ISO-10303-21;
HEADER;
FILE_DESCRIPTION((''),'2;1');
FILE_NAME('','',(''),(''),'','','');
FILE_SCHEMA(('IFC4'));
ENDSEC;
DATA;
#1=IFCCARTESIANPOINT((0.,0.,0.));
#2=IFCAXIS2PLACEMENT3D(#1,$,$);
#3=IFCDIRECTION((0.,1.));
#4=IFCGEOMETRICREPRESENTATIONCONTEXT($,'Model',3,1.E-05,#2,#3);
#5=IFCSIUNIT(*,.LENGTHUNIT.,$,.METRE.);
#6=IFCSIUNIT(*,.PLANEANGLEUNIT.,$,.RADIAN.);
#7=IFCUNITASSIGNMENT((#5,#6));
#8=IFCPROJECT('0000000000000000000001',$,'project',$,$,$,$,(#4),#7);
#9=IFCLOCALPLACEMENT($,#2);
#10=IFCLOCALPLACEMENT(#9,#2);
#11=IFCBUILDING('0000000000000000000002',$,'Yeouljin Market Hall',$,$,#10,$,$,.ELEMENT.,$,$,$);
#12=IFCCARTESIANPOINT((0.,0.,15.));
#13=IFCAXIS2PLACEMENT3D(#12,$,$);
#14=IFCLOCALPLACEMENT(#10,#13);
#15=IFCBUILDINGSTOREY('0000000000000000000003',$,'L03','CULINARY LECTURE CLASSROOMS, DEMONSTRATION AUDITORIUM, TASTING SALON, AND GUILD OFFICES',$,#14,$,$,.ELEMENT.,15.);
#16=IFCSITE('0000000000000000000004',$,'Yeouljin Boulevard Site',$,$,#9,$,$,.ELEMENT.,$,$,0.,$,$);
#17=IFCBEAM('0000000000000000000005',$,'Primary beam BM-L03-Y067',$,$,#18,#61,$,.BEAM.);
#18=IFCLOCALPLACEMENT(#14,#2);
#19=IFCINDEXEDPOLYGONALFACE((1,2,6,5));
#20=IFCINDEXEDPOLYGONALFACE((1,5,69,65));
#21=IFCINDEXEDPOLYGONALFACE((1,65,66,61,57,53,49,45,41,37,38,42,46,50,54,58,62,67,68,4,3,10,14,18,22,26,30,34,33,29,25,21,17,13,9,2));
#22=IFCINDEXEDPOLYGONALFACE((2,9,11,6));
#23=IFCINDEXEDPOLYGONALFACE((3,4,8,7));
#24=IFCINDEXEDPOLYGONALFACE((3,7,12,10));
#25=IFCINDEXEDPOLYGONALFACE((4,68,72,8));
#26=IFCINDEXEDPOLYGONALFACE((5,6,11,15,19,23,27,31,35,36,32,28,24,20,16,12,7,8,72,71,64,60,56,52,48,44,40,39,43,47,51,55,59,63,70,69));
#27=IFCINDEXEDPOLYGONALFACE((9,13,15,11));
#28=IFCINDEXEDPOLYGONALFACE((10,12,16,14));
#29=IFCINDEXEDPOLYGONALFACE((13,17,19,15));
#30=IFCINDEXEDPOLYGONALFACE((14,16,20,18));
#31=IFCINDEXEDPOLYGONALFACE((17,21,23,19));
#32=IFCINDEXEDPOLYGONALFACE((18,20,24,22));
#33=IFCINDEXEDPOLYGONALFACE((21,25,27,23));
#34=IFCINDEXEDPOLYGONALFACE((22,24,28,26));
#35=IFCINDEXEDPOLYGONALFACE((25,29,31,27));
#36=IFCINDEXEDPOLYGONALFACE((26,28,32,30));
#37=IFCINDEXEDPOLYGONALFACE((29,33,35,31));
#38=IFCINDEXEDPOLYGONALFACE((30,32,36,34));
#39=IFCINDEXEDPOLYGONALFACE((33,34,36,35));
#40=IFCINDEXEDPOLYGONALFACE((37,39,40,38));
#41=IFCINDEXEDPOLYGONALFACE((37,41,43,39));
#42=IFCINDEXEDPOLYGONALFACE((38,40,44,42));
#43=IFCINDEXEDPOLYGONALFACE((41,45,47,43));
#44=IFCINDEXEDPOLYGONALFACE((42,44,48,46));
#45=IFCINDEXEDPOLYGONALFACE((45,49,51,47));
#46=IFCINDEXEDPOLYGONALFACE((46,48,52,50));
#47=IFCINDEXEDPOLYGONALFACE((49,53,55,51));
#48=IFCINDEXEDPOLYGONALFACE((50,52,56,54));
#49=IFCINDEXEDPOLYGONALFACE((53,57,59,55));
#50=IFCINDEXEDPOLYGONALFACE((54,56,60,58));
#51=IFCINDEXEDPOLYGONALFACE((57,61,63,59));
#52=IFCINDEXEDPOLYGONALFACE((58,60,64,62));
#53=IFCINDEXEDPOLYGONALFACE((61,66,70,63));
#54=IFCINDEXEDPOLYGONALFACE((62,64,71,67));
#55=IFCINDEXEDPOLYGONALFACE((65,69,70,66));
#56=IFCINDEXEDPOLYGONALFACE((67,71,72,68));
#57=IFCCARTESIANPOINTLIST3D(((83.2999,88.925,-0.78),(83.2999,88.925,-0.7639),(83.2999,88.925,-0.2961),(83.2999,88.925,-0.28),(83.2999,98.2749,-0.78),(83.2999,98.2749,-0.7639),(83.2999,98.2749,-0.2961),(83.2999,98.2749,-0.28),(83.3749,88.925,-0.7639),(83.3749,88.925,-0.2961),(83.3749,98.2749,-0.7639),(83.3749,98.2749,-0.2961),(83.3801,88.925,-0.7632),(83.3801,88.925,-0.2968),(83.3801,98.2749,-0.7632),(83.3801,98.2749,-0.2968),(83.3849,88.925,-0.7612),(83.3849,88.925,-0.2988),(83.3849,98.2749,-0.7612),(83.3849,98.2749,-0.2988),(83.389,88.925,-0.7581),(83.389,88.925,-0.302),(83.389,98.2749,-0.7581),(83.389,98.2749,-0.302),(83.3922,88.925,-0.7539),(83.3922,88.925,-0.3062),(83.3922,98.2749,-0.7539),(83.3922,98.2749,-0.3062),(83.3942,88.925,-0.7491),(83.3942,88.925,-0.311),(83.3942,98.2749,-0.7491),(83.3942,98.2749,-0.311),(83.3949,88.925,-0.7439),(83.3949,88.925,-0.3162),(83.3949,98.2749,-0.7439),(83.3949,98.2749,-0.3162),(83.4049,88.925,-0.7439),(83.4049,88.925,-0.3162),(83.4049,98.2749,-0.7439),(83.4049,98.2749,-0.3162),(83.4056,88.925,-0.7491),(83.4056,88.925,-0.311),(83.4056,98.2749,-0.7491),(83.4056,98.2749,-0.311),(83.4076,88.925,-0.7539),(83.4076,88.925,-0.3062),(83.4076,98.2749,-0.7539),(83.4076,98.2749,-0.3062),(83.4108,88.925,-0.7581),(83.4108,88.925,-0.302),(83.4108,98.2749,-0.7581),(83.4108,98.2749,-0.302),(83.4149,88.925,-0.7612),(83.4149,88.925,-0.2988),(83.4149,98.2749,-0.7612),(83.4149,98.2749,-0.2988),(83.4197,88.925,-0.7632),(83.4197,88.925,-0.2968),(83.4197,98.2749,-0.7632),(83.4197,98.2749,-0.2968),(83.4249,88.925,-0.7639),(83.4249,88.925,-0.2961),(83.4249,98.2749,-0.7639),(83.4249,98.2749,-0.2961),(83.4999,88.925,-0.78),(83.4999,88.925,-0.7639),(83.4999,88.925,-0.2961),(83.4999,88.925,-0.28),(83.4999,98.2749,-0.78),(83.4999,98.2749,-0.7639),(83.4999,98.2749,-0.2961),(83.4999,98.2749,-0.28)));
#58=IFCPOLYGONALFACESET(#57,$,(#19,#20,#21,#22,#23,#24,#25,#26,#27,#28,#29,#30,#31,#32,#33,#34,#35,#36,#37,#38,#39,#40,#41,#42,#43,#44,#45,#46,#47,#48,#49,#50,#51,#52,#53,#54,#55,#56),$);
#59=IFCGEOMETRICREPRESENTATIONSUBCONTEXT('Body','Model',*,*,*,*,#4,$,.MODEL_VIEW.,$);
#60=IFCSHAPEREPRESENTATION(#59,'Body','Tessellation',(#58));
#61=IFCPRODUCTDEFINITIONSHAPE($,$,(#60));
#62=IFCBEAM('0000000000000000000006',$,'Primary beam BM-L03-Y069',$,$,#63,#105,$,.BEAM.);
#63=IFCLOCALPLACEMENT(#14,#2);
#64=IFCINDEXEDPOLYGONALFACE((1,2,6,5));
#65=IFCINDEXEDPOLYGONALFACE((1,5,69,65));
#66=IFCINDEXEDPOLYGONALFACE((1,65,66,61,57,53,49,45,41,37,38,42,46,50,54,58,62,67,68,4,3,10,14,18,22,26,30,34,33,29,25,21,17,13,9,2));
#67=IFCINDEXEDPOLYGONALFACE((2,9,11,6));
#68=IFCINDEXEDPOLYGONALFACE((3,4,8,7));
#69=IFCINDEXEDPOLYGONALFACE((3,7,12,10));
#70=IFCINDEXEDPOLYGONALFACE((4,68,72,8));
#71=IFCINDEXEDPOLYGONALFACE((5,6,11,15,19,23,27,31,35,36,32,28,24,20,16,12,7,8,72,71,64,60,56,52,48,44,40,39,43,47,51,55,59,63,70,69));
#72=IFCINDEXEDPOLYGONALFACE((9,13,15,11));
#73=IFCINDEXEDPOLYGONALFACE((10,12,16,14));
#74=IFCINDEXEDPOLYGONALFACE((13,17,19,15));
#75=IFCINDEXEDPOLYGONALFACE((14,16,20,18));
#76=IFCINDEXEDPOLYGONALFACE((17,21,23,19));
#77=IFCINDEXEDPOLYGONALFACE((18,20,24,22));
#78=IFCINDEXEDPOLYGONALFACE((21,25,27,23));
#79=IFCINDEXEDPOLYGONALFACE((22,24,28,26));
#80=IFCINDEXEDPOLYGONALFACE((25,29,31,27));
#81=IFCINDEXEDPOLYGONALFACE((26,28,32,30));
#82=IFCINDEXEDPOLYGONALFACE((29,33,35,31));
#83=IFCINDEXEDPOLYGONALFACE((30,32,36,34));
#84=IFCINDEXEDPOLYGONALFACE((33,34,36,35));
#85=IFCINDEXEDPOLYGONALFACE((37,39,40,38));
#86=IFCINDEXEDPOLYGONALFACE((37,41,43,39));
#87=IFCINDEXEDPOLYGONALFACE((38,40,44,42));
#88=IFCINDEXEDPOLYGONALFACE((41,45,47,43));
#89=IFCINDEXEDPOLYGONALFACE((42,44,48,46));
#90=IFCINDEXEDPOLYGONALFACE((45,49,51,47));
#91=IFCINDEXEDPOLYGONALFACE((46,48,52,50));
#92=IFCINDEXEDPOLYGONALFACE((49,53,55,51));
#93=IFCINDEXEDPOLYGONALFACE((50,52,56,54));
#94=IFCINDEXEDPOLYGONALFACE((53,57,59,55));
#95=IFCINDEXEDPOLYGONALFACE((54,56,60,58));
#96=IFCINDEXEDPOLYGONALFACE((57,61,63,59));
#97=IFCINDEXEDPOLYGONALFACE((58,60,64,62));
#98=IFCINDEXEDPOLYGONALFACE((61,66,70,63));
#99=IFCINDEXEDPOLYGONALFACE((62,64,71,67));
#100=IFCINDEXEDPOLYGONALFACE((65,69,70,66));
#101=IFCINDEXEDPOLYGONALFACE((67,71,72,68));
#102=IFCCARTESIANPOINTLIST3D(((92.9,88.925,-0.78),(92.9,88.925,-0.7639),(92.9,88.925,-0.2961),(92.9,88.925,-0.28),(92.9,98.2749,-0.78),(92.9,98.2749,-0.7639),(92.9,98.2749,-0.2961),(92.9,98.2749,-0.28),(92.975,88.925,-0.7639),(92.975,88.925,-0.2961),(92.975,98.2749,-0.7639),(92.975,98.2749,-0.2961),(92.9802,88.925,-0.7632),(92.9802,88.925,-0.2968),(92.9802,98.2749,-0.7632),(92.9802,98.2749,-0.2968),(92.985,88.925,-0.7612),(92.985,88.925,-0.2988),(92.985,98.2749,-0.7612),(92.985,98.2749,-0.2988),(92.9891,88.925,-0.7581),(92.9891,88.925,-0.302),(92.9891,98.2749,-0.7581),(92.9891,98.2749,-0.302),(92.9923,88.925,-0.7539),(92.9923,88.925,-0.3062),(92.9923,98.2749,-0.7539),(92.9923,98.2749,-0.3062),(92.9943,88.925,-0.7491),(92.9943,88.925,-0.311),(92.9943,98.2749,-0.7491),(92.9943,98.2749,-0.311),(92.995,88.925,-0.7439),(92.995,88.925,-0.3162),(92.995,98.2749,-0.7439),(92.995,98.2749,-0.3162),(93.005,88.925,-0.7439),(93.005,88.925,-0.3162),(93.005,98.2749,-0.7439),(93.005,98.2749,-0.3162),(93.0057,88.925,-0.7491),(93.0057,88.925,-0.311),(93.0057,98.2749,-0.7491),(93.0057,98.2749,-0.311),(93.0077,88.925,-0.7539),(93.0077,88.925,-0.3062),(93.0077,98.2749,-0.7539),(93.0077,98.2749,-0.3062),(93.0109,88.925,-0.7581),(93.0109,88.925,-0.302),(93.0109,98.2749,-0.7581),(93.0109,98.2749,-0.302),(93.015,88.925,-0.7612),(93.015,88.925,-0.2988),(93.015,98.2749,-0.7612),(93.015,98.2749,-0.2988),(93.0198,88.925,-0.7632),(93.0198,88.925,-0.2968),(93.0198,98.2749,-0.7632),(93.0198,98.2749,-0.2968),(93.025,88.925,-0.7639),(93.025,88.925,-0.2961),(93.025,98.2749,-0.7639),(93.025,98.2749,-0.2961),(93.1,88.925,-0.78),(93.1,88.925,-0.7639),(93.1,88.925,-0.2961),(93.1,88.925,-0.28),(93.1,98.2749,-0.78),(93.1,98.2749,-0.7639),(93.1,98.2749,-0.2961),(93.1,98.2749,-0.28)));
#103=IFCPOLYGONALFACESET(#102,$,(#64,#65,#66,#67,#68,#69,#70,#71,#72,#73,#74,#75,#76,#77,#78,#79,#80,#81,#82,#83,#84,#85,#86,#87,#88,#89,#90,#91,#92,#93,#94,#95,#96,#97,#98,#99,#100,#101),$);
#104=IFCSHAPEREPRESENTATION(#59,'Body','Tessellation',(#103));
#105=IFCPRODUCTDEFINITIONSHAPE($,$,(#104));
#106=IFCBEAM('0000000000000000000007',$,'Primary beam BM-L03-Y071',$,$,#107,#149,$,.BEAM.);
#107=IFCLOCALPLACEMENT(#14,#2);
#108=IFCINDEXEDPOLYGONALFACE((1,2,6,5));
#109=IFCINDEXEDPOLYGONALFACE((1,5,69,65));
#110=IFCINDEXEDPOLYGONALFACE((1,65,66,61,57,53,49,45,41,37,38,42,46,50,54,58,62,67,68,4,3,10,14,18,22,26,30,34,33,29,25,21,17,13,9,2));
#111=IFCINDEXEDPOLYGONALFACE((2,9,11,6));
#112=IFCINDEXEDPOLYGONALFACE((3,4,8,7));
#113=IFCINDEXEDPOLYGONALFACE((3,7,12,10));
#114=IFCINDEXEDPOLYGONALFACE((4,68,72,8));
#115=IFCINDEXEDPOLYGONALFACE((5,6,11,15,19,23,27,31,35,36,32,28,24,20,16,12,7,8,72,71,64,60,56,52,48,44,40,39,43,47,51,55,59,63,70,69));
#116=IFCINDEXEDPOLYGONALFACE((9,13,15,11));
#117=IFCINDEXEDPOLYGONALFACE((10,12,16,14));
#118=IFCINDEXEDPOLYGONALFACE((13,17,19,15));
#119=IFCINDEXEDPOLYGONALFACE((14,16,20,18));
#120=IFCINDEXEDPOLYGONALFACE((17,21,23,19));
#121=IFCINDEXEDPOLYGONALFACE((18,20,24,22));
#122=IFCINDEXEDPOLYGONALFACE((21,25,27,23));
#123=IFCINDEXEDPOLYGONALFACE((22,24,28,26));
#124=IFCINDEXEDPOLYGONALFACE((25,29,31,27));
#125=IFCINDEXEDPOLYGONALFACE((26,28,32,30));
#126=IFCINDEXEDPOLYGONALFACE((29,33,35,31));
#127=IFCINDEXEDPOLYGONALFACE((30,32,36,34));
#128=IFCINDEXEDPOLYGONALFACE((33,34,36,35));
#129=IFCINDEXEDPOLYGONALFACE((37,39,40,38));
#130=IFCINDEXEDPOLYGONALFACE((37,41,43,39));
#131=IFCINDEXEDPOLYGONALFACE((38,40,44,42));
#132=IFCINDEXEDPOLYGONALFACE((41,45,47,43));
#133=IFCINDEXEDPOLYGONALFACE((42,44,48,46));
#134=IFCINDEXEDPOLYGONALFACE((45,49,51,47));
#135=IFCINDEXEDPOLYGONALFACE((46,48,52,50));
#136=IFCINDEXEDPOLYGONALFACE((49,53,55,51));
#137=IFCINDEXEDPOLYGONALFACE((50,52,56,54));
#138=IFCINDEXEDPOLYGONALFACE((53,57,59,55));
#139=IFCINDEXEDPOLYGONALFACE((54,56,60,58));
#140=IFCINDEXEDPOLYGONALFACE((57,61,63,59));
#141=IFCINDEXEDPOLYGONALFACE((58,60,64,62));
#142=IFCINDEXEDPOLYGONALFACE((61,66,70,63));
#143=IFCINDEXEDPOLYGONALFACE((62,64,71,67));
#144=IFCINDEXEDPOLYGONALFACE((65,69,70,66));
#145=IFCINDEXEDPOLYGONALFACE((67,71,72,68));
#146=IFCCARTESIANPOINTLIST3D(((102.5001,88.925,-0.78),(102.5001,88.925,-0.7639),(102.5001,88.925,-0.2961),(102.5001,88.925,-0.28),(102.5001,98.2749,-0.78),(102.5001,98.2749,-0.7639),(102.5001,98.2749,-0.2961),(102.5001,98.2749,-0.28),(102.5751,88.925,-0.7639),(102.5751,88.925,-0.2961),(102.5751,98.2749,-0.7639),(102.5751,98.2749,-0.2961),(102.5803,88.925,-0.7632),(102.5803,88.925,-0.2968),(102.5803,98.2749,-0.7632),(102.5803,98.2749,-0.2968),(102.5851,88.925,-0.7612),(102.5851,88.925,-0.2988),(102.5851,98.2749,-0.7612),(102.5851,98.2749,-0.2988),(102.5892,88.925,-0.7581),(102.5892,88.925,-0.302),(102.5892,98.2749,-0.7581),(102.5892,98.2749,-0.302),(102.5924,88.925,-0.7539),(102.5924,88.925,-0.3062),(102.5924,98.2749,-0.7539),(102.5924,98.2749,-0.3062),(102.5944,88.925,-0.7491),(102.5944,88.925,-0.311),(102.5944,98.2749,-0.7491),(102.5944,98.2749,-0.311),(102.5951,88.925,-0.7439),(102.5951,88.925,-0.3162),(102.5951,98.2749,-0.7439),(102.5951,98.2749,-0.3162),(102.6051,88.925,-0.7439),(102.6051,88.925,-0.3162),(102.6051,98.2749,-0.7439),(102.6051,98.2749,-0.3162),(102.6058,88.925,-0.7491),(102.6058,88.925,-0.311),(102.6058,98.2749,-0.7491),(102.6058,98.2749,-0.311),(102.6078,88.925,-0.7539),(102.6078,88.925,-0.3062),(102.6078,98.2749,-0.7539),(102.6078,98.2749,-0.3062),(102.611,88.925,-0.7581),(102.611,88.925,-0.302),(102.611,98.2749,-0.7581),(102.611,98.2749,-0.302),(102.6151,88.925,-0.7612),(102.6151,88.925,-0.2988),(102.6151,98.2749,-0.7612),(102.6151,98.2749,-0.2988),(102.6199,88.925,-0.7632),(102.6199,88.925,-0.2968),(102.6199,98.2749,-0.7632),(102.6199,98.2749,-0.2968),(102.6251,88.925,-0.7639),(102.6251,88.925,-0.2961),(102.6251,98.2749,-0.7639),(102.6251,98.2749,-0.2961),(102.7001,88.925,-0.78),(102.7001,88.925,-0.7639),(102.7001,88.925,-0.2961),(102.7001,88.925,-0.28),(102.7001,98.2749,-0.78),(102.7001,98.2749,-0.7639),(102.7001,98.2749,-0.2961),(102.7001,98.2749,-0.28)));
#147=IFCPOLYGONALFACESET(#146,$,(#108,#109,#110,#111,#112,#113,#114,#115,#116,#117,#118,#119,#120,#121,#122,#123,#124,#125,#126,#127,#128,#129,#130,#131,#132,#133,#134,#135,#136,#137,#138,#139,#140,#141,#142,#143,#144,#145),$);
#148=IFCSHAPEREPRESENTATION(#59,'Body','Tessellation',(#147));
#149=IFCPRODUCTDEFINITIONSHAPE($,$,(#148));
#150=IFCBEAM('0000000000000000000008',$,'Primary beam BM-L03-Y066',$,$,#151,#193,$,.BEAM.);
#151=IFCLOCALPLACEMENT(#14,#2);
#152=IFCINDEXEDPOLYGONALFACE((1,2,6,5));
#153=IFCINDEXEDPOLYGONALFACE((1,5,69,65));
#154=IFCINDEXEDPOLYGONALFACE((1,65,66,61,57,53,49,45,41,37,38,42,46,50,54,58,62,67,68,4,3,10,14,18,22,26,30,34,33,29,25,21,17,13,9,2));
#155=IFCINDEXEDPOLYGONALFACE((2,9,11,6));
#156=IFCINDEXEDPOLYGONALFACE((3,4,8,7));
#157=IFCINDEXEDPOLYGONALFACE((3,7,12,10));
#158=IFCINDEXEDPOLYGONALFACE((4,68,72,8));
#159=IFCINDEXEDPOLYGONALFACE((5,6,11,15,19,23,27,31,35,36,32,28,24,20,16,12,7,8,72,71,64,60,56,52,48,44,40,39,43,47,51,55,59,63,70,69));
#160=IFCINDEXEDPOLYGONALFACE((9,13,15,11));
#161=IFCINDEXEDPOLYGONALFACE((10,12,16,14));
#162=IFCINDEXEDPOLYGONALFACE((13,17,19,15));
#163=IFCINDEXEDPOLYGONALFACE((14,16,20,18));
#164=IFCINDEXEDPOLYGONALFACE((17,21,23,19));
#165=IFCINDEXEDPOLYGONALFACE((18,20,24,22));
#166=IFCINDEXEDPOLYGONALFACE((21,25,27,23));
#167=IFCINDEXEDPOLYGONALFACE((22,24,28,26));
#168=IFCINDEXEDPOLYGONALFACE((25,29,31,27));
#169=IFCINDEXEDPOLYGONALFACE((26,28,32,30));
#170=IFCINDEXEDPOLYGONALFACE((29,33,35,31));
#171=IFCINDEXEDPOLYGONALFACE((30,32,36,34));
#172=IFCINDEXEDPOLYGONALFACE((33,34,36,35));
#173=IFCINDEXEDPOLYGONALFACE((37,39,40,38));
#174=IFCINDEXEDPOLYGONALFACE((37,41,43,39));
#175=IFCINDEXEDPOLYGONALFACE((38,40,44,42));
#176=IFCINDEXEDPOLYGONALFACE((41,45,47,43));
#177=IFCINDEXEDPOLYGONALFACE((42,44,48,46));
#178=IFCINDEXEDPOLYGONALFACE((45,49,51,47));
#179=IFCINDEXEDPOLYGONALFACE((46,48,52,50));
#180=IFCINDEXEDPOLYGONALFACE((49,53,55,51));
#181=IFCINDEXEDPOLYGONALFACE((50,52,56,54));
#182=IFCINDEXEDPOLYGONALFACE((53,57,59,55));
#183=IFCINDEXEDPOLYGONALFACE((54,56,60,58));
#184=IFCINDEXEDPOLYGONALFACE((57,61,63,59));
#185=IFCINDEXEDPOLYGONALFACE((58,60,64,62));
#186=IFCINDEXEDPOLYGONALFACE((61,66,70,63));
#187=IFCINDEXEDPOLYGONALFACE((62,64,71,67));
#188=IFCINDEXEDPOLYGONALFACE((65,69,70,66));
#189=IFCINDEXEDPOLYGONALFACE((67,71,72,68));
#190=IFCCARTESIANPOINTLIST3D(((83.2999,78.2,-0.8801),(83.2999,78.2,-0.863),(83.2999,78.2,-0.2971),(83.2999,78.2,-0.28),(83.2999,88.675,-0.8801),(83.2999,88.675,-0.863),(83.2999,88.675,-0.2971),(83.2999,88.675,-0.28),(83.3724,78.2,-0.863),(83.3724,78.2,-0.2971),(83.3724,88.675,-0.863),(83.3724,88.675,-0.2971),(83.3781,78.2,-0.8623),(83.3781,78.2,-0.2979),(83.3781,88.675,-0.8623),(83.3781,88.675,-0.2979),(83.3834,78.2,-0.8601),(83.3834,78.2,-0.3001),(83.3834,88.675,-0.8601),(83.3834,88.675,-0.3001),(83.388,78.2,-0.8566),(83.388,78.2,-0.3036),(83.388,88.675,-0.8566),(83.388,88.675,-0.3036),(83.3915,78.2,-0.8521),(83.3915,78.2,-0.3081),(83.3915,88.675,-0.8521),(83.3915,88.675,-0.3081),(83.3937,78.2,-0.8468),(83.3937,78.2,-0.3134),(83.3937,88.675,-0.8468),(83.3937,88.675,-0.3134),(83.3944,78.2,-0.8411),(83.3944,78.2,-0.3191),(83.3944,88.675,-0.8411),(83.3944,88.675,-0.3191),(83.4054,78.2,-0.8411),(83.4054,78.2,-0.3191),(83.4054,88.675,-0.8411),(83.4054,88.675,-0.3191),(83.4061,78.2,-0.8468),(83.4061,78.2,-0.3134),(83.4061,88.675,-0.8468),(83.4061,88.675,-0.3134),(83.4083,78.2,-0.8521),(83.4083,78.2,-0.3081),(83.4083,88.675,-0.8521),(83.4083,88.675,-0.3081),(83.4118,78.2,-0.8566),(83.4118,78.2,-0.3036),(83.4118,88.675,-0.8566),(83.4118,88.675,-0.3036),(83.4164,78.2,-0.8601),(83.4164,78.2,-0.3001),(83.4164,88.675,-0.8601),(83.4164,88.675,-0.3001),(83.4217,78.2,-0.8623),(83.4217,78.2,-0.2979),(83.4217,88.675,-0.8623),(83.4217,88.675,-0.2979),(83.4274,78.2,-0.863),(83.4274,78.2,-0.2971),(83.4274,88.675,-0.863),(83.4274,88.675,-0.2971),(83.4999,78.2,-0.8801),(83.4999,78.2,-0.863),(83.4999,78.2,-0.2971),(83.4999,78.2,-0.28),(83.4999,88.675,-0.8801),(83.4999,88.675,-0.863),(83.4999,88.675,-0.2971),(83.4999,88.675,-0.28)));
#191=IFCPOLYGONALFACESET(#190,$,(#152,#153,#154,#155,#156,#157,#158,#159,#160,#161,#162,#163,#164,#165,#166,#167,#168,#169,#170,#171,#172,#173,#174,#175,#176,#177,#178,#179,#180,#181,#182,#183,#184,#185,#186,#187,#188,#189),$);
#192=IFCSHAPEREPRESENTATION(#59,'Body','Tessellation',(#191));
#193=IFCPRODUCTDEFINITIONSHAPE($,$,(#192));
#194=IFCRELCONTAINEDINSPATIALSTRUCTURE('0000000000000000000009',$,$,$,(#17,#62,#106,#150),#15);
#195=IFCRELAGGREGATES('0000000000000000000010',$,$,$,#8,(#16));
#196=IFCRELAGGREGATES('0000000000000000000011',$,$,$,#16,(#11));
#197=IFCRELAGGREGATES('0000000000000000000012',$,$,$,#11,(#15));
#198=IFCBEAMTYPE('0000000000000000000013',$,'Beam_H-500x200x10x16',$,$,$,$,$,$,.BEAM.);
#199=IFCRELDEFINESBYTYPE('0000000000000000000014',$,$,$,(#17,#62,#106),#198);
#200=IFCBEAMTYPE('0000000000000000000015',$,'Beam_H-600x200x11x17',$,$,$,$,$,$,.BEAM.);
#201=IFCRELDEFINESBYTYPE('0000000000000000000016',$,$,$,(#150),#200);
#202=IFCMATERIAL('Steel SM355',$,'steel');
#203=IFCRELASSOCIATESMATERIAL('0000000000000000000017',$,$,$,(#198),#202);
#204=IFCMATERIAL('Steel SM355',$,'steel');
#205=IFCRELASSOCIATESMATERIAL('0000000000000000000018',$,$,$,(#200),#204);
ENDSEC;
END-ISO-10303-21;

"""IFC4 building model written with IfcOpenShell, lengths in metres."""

from ifc_helpers import new_model, si_unit, direction, frame, origin, origin_2d, place, context, subcontext, project, spatial, i_section, extrude, material, material_profile, profile_set, type_object, element, save


model = new_model("IFC4")

# Units and contexts
model_context = context("Model", 3, precision=1e-05, world=origin(), true_north=direction((0.0, 1.0)))
body_context = subcontext(model_context, "Body", "Model", "MODEL_VIEW")
ifc_project = project(units=[si_unit("LENGTHUNIT", "METRE"), si_unit("PLANEANGLEUNIT", "RADIAN")], contexts=[model_context])

# Site, building, storey
site_placement = place(None, origin())
site = spatial("IfcSite", under=ifc_project, at=site_placement, Name="Yeouljin Boulevard Site", CompositionType="ELEMENT", RefElevation=0.0)
building_placement = place(site_placement, origin())
building = spatial("IfcBuilding", under=site, at=building_placement, Name="Yeouljin Market Hall", CompositionType="ELEMENT")
storey_placement = place(building_placement, frame((0.0, 0.0, 15.0)))
storey = spatial("IfcBuildingStorey", under=building, at=storey_placement, Name="L03", Description="CULINARY LECTURE CLASSROOMS, DEMONSTRATION AUDITORIUM, TASTING SALON, AND GUILD OFFICES", CompositionType="ELEMENT", Elevation=15.0)

# Beams
ifc_material_1 = material(Name="Steel SM355", Category="steel")
ifc_material_profile_1 = material_profile(ifc_material_1, i_section(OverallWidth=0.2, OverallDepth=0.5, WebThickness=0.01, FlangeThickness=0.0161, FilletRadius=0.02, at=origin_2d()), Name="H-500x200x10x16")
ifc_profile_set_1 = profile_set([ifc_material_profile_1], Name="Steel SM355")
beam_type_1 = type_object("IfcBeamType", Name="Beam_H-500x200x10x16", PredefinedType="BEAM", material=ifc_profile_set_1)
for number, where, z_axis, x_axis, name in (
    (1, (83.3999, 88.925, -0.53), (0.0, 1.0, 0.0), (-1.0, 0.0, 0.0), "Primary beam BM-L03-Y067"),
    (2, (93.0, 88.925, -0.53), (0.0, 1.0, 0.0), (-1.0, 0.0, 0.0), "Primary beam BM-L03-Y069"),
    (3, (102.6001, 88.925, -0.53), (0.0, 1.0, 0.0), (-1.0, 0.0, 0.0), "Primary beam BM-L03-Y071"),
):
    element("IfcBeam", number, at=place(storey_placement, frame(where, z_axis=z_axis, x_axis=x_axis)), inside=storey, type_object=beam_type_1, Name=name, PredefinedType="BEAM", context=body_context, shape_type="SweptSolid", body=[
        extrude(i_section(OverallWidth=0.2, OverallDepth=0.5, WebThickness=0.01, FlangeThickness=0.0161, FilletRadius=0.02, at=origin_2d()), origin(), (0.0, 0.0, 1.0), 9.3499),
    ])
ifc_material_2 = material(Name="Steel SM355", Category="steel")
ifc_material_profile_2 = material_profile(ifc_material_2, i_section(OverallWidth=0.2, OverallDepth=0.6001, WebThickness=0.011, FlangeThickness=0.0171, FilletRadius=0.022, at=origin_2d()), Name="H-600x200x11x17")
ifc_profile_set_2 = profile_set([ifc_material_profile_2], Name="Steel SM355")
beam_type_2 = type_object("IfcBeamType", Name="Beam_H-600x200x11x17", PredefinedType="BEAM", material=ifc_profile_set_2)
for number, where, z_axis, x_axis, name in (
    (4, (83.3999, 78.2, -0.5801), (0.0, 1.0, 0.0), (-1.0, 0.0, 0.0), "Primary beam BM-L03-Y066"),
):
    element("IfcBeam", number, at=place(storey_placement, frame(where, z_axis=z_axis, x_axis=x_axis)), inside=storey, type_object=beam_type_2, Name=name, PredefinedType="BEAM", context=body_context, shape_type="SweptSolid", body=[
        extrude(i_section(OverallWidth=0.2, OverallDepth=0.6001, WebThickness=0.011, FlangeThickness=0.0171, FilletRadius=0.022, at=origin_2d()), origin(), (0.0, 0.0, 1.0), 10.4751),
    ])

save(model, "model.ifc")
